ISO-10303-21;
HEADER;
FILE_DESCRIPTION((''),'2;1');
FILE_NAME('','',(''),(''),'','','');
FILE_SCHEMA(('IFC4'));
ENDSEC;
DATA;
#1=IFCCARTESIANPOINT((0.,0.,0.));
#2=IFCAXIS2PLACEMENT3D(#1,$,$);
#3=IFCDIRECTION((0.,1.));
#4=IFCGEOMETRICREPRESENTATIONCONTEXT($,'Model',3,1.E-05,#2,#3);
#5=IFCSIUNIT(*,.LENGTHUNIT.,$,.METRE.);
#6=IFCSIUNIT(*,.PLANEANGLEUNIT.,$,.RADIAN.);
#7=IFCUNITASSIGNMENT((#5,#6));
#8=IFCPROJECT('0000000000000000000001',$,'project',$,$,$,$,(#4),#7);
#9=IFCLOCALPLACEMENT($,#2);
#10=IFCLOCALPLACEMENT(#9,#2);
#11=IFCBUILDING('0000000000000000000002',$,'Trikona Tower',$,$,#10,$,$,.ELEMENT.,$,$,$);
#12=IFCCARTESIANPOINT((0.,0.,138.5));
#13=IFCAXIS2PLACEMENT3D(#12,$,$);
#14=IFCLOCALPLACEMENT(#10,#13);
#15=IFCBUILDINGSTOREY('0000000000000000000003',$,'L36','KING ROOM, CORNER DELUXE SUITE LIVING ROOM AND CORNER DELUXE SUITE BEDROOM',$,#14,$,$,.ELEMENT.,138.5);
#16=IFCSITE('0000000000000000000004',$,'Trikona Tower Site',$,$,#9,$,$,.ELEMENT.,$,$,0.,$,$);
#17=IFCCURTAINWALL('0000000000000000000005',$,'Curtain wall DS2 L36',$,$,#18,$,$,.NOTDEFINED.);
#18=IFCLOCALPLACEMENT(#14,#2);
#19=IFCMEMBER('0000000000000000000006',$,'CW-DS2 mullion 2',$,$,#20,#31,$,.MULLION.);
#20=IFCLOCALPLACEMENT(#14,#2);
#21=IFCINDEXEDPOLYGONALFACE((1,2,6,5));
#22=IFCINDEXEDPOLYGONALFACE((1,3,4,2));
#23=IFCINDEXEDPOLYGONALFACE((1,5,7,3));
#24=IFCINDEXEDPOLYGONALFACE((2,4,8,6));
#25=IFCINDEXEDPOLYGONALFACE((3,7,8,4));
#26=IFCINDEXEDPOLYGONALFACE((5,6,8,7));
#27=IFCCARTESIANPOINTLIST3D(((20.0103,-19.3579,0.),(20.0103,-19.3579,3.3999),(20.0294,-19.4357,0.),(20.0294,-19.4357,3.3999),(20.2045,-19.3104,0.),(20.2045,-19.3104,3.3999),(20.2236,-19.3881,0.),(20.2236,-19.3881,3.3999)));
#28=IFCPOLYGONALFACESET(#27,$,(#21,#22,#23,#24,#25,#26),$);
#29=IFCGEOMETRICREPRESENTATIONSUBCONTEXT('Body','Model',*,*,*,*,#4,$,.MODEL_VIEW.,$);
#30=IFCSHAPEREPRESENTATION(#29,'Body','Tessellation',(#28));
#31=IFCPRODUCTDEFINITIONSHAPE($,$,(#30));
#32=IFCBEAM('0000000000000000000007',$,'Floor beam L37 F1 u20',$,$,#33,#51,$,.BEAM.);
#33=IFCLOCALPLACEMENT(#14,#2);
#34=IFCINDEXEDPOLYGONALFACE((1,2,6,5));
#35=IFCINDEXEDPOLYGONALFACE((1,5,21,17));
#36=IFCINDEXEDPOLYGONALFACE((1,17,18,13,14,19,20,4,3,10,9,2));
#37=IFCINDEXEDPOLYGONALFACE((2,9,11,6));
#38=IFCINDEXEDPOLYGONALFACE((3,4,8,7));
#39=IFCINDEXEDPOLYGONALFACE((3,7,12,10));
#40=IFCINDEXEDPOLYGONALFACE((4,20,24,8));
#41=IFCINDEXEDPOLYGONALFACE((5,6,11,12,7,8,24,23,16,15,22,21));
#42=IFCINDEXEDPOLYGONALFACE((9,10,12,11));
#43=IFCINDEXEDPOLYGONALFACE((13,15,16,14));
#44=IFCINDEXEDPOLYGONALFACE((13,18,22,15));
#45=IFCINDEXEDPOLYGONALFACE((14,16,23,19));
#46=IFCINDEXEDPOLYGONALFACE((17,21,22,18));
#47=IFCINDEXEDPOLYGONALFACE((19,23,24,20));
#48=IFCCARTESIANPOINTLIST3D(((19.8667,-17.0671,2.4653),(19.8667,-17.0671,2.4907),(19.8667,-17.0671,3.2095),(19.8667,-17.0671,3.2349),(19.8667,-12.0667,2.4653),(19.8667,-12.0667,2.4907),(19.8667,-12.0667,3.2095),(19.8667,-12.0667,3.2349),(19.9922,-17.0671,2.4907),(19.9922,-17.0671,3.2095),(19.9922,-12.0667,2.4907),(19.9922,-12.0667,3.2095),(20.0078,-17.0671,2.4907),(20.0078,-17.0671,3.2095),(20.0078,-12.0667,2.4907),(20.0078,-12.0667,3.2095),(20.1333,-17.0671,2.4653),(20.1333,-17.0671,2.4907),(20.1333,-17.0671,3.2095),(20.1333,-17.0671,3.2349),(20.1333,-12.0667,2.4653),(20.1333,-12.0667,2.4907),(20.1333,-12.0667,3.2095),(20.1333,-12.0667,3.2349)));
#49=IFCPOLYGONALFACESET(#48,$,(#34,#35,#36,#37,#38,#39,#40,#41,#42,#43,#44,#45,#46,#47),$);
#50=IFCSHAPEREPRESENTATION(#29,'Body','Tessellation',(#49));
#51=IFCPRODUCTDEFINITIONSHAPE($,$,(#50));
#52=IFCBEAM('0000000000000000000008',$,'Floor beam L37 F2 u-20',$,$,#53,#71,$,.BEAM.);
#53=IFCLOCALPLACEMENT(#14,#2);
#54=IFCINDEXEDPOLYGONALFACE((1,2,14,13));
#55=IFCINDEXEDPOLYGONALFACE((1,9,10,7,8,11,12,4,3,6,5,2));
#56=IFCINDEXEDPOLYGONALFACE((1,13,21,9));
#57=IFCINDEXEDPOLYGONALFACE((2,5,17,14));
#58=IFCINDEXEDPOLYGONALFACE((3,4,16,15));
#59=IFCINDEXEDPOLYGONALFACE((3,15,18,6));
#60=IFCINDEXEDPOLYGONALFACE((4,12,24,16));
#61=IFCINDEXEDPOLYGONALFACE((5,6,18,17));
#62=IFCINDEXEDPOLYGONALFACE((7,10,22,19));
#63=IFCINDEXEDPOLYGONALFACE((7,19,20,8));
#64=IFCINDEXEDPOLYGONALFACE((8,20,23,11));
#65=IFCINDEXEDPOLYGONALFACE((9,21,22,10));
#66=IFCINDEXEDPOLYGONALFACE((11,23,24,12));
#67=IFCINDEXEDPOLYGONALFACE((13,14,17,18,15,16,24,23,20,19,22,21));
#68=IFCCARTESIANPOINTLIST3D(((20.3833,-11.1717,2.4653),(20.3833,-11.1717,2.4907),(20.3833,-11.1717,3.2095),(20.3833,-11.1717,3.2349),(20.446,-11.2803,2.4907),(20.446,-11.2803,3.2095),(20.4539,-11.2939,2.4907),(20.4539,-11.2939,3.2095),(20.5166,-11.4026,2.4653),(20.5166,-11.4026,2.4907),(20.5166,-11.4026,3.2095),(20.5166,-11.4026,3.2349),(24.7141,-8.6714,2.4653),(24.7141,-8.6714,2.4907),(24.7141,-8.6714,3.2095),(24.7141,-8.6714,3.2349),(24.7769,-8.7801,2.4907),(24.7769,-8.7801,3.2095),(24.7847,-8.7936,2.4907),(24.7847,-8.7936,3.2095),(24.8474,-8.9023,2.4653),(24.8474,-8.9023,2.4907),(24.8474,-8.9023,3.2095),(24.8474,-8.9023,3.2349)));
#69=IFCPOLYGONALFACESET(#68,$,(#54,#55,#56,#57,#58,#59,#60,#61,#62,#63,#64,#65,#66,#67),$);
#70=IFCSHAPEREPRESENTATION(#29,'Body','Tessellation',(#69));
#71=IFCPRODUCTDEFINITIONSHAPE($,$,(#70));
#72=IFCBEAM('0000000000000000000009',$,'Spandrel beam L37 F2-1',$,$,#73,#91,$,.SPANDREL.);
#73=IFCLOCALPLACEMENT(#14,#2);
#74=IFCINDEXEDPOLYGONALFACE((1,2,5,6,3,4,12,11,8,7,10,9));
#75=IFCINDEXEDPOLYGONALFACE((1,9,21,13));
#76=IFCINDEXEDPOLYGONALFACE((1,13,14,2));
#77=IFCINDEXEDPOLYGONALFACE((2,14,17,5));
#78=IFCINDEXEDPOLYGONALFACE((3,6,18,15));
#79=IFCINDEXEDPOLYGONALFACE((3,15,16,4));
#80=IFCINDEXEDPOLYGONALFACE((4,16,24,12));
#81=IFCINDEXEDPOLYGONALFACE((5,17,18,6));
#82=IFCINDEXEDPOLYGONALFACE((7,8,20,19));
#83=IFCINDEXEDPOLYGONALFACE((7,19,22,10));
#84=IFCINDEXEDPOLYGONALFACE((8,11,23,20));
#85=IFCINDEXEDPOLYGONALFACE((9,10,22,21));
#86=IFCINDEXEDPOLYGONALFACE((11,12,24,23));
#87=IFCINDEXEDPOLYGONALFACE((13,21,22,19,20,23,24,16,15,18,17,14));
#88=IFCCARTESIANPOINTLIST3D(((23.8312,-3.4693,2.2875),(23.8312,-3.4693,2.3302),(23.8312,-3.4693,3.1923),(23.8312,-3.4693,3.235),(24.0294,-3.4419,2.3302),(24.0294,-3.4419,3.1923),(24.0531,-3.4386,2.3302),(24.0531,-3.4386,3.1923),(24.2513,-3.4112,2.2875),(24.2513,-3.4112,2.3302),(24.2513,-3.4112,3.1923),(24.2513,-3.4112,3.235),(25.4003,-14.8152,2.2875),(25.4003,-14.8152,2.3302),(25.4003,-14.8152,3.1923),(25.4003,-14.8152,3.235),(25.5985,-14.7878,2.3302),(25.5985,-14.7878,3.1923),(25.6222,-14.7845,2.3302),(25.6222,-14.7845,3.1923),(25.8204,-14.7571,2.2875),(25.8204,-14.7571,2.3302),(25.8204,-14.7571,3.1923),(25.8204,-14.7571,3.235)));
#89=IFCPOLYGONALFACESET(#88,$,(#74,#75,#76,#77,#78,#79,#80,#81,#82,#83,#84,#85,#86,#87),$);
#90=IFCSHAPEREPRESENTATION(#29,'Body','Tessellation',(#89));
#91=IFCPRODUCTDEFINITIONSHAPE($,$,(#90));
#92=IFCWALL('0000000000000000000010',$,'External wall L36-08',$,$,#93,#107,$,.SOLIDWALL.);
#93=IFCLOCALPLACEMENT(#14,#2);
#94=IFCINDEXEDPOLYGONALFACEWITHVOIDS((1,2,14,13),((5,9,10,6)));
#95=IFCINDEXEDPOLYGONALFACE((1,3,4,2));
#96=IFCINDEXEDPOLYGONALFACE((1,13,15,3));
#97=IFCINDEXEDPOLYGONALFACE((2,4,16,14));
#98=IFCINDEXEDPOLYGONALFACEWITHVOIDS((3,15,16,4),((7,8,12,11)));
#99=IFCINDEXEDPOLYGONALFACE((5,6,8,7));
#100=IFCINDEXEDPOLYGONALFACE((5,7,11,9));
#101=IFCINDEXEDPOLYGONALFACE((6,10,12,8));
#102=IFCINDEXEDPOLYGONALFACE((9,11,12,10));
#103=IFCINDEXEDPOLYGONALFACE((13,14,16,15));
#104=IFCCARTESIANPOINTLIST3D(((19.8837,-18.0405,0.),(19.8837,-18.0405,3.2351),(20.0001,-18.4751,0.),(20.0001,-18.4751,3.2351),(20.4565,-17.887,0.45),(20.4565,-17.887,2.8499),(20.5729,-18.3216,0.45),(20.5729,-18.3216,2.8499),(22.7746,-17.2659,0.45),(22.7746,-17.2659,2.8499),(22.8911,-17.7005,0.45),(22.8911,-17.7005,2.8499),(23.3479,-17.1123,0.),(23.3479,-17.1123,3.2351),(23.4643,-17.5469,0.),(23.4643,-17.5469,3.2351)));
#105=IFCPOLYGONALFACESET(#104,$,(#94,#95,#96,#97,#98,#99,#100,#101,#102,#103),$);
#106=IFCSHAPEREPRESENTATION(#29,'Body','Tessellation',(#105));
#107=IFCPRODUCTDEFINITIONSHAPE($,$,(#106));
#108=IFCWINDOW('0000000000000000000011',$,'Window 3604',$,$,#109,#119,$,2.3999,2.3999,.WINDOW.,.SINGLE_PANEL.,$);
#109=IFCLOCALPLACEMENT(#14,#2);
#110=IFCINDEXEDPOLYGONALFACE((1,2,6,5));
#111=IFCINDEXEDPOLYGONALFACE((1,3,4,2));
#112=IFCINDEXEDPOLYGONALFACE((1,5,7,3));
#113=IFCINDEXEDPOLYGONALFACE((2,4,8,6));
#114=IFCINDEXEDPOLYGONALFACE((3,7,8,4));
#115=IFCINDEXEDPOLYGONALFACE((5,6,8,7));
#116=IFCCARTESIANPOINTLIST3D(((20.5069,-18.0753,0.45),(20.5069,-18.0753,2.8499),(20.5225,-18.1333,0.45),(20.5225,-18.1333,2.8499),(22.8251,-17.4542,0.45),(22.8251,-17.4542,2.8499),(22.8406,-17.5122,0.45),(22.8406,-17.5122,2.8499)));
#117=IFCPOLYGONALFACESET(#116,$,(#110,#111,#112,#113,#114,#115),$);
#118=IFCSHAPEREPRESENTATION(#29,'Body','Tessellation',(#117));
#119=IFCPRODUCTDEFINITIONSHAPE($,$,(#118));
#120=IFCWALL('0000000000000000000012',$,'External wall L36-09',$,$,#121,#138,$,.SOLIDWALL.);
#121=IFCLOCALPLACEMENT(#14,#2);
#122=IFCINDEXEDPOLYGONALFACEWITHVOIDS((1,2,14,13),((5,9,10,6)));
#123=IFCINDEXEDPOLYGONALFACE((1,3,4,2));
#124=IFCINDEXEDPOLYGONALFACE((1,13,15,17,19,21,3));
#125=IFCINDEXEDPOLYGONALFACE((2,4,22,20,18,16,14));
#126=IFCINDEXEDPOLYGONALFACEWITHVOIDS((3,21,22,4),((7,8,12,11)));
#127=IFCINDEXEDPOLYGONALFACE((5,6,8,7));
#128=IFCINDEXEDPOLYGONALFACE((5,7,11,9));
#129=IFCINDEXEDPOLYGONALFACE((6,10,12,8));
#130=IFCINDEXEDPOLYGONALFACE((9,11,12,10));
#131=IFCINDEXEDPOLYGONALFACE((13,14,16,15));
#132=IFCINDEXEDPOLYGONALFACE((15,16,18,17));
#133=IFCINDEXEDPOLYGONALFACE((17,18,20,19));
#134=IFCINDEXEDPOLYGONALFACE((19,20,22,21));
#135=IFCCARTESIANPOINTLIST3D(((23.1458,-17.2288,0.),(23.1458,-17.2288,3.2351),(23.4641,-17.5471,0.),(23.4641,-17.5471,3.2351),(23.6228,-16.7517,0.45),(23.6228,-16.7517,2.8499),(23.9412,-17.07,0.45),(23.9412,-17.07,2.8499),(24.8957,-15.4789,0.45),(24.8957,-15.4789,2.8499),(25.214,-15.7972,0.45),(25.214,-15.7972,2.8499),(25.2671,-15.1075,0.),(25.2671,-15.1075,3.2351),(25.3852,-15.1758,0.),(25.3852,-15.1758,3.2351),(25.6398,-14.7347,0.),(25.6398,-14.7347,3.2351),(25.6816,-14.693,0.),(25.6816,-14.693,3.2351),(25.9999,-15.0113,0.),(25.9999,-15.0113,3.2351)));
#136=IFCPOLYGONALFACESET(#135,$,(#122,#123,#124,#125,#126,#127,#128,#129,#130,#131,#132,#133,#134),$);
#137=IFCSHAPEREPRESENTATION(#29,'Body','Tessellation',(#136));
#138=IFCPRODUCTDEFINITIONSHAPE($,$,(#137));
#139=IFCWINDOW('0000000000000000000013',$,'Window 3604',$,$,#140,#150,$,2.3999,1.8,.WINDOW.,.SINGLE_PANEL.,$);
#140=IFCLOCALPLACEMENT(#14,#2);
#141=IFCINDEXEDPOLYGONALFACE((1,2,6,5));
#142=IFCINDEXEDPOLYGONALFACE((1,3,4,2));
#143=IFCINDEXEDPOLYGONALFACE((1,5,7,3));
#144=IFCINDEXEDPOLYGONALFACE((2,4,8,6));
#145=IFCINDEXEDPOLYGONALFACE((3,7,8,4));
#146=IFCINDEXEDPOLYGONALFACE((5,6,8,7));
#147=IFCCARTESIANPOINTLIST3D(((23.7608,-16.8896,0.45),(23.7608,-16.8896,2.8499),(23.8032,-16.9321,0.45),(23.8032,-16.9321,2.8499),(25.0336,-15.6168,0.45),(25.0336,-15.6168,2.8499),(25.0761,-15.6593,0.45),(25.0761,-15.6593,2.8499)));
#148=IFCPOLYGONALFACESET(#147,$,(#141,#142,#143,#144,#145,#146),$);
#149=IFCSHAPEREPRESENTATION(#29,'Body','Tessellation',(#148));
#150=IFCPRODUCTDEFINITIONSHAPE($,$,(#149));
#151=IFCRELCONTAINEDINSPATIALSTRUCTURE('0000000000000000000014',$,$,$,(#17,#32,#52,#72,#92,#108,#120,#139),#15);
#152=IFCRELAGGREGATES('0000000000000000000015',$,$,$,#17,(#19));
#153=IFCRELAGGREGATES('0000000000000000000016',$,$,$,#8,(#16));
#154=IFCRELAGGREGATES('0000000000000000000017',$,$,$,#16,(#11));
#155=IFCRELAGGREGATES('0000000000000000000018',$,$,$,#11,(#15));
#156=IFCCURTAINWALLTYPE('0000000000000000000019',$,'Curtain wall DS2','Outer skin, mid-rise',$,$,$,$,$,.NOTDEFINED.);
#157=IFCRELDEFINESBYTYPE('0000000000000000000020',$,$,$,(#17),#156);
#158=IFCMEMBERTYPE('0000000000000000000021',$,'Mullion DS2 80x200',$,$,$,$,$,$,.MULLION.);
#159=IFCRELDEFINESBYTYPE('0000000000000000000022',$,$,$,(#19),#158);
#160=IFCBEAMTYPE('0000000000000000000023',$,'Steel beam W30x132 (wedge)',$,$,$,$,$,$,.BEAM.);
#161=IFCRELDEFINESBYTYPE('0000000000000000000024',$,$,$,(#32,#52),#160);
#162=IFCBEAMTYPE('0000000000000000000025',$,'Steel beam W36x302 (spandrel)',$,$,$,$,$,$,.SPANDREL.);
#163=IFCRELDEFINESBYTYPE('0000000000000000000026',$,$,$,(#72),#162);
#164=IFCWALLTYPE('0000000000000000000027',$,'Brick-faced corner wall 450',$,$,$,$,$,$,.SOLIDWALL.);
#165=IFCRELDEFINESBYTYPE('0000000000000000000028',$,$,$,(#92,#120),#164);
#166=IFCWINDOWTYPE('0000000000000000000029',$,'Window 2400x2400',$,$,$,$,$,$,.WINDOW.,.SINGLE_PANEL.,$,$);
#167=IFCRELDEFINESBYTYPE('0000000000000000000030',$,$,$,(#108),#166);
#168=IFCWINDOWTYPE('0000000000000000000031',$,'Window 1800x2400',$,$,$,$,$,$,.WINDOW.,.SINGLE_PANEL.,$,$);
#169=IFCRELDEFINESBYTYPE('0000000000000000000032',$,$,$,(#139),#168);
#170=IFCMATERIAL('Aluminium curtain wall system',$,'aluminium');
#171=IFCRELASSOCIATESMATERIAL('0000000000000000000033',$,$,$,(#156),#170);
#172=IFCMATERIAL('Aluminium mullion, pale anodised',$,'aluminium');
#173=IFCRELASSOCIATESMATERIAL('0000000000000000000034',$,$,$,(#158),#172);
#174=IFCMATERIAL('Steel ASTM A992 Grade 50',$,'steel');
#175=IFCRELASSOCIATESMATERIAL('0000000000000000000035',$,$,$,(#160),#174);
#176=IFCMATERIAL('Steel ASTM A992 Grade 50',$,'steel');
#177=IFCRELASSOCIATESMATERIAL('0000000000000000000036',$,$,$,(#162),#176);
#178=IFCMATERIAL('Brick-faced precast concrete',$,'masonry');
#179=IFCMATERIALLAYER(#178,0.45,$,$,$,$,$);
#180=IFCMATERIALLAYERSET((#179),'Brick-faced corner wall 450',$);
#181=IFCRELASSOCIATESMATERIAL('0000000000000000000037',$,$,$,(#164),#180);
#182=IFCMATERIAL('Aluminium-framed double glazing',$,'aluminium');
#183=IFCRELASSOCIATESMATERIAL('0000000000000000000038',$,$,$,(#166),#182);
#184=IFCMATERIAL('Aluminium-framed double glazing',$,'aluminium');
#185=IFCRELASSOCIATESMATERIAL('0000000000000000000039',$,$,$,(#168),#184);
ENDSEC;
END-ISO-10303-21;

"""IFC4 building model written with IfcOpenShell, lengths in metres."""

from ifc_helpers import new_model, si_unit, direction, frame, frame_2d, origin, origin_2d, place, context, subcontext, project, spatial, polyline, rectangle, i_section, outline, extrude, material, layer, layer_set, material_profile, profile_set, type_object, element, fill, aggregate, save


model = new_model("IFC4")

# Units and contexts
model_context = context("Model", 3, precision=1e-05, world=origin(), true_north=direction((0.0, 1.0)))
body_context = subcontext(model_context, "Body", "Model", "MODEL_VIEW")
ifc_project = project(units=[si_unit("LENGTHUNIT", "METRE"), si_unit("PLANEANGLEUNIT", "RADIAN")], contexts=[model_context])

# Site, building, storey
site_placement = place(None, origin())
site = spatial("IfcSite", under=ifc_project, at=site_placement, Name="Trikona Tower Site", CompositionType="ELEMENT", RefElevation=0.0)
building_placement = place(site_placement, origin())
building = spatial("IfcBuilding", under=site, at=building_placement, Name="Trikona Tower", CompositionType="ELEMENT")
storey_placement = place(building_placement, frame((0.0, 0.0, 138.5)))
storey = spatial("IfcBuildingStorey", under=building, at=storey_placement, Name="L36", Description="KING ROOM, CORNER DELUXE SUITE LIVING ROOM AND CORNER DELUXE SUITE BEDROOM", CompositionType="ELEMENT", Elevation=138.5)

# Curtain wall, member
ifc_material_1 = material(Name="Aluminium curtain wall system", Category="aluminium")
curtain_wall_type = type_object("IfcCurtainWallType", Name="Curtain wall DS2", Description="Outer skin, mid-rise", PredefinedType="NOTDEFINED", material=ifc_material_1)
curtain_wall_placement = place(storey_placement, origin())
curtain_wall = element("IfcCurtainWall", 1, at=curtain_wall_placement, inside=storey, type_object=curtain_wall_type, Name="Curtain wall DS2 L36", PredefinedType="NOTDEFINED")
ifc_material_2 = material(Name="Aluminium mullion, pale anodised", Category="aluminium")
ifc_material_profile_1 = material_profile(ifc_material_2, rectangle(XDim=0.0801, YDim=0.2, at=origin_2d()), Name="MUL-DS2")
ifc_profile_set_1 = profile_set([ifc_material_profile_1], Name="Aluminium mullion, pale anodised")
member_type = type_object("IfcMemberType", Name="Mullion DS2 80x200", PredefinedType="MULLION", material=ifc_profile_set_1)
member_placement = place(storey_placement, frame((20.1169, -19.373, 0.0), z_axis=(0.0, 0.0, 1.0), x_axis=(-0.23797, 0.971272, 0.0)))
member = element("IfcMember", 2, at=member_placement, type_object=member_type, Name="CW-DS2 mullion 2", PredefinedType="MULLION", context=body_context, shape_type="SweptSolid", body=[
    extrude(rectangle(XDim=0.0801, YDim=0.2, at=origin_2d()), origin(), (0.0, 0.0, 1.0), 3.3999),
])
aggregate(curtain_wall, [member])

# Beams
ifc_material_3 = material(Name="Steel ASTM A992 Grade 50", Category="steel")
ifc_material_profile_2 = material_profile(ifc_material_3, i_section(OverallWidth=0.2666, OverallDepth=0.7695, WebThickness=0.0156, FlangeThickness=0.0254, at=origin_2d()), Name="W30X132")
ifc_profile_set_2 = profile_set([ifc_material_profile_2], Name="Steel ASTM A992 Grade 50")
beam_type_1 = type_object("IfcBeamType", Name="Steel beam W30x132 (wedge)", PredefinedType="BEAM", material=ifc_profile_set_2)
beam_1_placement = place(storey_placement, frame((20.0, -12.0667, 2.8501), z_axis=(0.0, -1.0, 0.0), x_axis=(1.0, 0.0, 0.0)))
element("IfcBeam", 3, at=beam_1_placement, inside=storey, type_object=beam_type_1, Name="Floor beam L37 F1 u20", PredefinedType="BEAM", context=body_context, shape_type="SweptSolid", body=[
    extrude(i_section(OverallWidth=0.2666, OverallDepth=0.7695, WebThickness=0.0156, FlangeThickness=0.0254, at=origin_2d()), origin(), (0.0, 0.0, 1.0), 5.0005),
])
beam_2_placement = place(storey_placement, frame((20.45, -11.2871, 2.8501), z_axis=(0.866038, 0.499977, 0.0), x_axis=(-0.499977, 0.866038, 0.0)))
element("IfcBeam", 4, at=beam_2_placement, inside=storey, type_object=beam_type_1, Name="Floor beam L37 F2 u-20", PredefinedType="BEAM", context=body_context, shape_type="SweptSolid", body=[
    extrude(i_section(OverallWidth=0.2666, OverallDepth=0.7695, WebThickness=0.0156, FlangeThickness=0.0254, at=origin_2d()), origin(), (0.0, 0.0, 1.0), 5.0007),
])
ifc_material_4 = material(Name="Steel ASTM A992 Grade 50", Category="steel")
ifc_material_profile_3 = material_profile(ifc_material_4, i_section(OverallWidth=0.4241, OverallDepth=0.9475, WebThickness=0.0239, FlangeThickness=0.0427, at=origin_2d()), Name="W36X302")
ifc_profile_set_3 = profile_set([ifc_material_profile_3], Name="Steel ASTM A992 Grade 50")
beam_type_2 = type_object("IfcBeamType", Name="Steel beam W36x302 (spandrel)", PredefinedType="SPANDREL", material=ifc_profile_set_3)
beam_3_placement = place(storey_placement, frame((25.6104, -14.7861, 2.7612), z_axis=(-0.136992, 0.990572, 0.0), x_axis=(-0.990572, -0.136992, 0.0)))
element("IfcBeam", 5, at=beam_3_placement, inside=storey, type_object=beam_type_2, Name="Spandrel beam L37 F2-1", PredefinedType="SPANDREL", context=body_context, shape_type="SweptSolid", body=[
    extrude(i_section(OverallWidth=0.4241, OverallDepth=0.9475, WebThickness=0.0239, FlangeThickness=0.0427, at=origin_2d()), origin(), (0.0, 0.0, 1.0), 11.4539),
])

# Walls, openings, windows
ifc_material_5 = material(Name="Brick-faced precast concrete", Category="masonry")
ifc_layer_1 = layer(ifc_material_5, 0.45)
ifc_layer_set_1 = layer_set([ifc_layer_1], Name="Brick-faced corner wall 450")
wall_type_1 = type_object("IfcWallType", Name="Brick-faced corner wall 450", PredefinedType="SOLIDWALL", material=ifc_layer_set_1)
wall_1_placement = place(storey_placement, frame((19.9419, -18.2578, 0.0), z_axis=(0.0, 0.0, 1.0), x_axis=(0.965925, 0.258823, 0.0)))
wall_1 = element("IfcWall", 6, at=wall_1_placement, inside=storey, type_object=wall_type_1, Name="External wall L36-08", PredefinedType="SOLIDWALL", context=body_context, shape_type="SweptSolid", body=[
    extrude(rectangle(XDim=3.5864, YDim=0.45, at=frame_2d((1.7932, 0.0))), origin(), (0.0, 0.0, 1.0), 3.2351),
])
opening_1_placement = place(wall_1_placement, frame((0.593, 0.0, 0.45)))
opening_1 = element("IfcOpeningElement", 7, at=opening_1_placement, cuts=wall_1, PredefinedType="OPENING", context=body_context, shape_type="SweptSolid", body=[
    extrude(rectangle(XDim=2.3999, YDim=2.3999, at=frame_2d((1.2, 1.2))), frame((0.0, 0.2349, 0.0), z_axis=(0.0, -1.0, 0.0), x_axis=(1.0, 0.0, 0.0)), (0.0, 0.0, 1.0), 0.47),
])
ifc_material_6 = material(Name="Aluminium-framed double glazing", Category="aluminium")
window_type_1 = type_object("IfcWindowType", Name="Window 2400x2400", PartitioningType="SINGLE_PANEL", PredefinedType="WINDOW", material=ifc_material_6)
window_1_placement = place(opening_1_placement, origin())
window_1 = element("IfcWindow", 8, at=window_1_placement, inside=storey, type_object=window_type_1, Name="Window 3604", OverallHeight=2.3999, OverallWidth=2.3999, PartitioningType="SINGLE_PANEL", PredefinedType="WINDOW", context=body_context, shape_type="SweptSolid", body=[
    extrude(rectangle(XDim=2.3999, YDim=2.3999, at=frame_2d((1.2, 1.2))), frame((0.0, 0.03, 0.0), z_axis=(0.0, -1.0, 0.0), x_axis=(1.0, 0.0, 0.0)), (0.0, 0.0, 1.0), 0.0601),
])
fill(opening_1, window_1)
wall_2_placement = place(storey_placement, frame((23.3049, -17.3879, 0.0), z_axis=(0.0, 0.0, 1.0), x_axis=(0.707107, 0.707107, 0.0)))
wall_2 = element("IfcWall", 9, at=wall_2_placement, inside=storey, type_object=wall_type_1, Name="External wall L36-09", PredefinedType="SOLIDWALL", context=body_context, shape_type="SweptSolid", body=[
    extrude(outline(polyline([(3.5862, 0.2251), (3.5271, 0.2251), (3.0352, 0.0933), (3.0, 0.2251), (0.0, 0.2251), (0.0, -0.2251), (3.5862, -0.2251), (3.5862, 0.2251)])), origin(), (0.0, 0.0, 1.0), 3.2351),
])
opening_2_placement = place(wall_2_placement, frame((0.6748, 0.0, 0.45)))
opening_2 = element("IfcOpeningElement", 10, at=opening_2_placement, cuts=wall_2, PredefinedType="OPENING", context=body_context, shape_type="SweptSolid", body=[
    extrude(rectangle(XDim=1.8, YDim=2.3999, at=frame_2d((0.8999, 1.2))), frame((0.0, 0.2349, 0.0), z_axis=(0.0, -1.0, 0.0), x_axis=(1.0, 0.0, 0.0)), (0.0, 0.0, 1.0), 0.47),
])
ifc_material_7 = material(Name="Aluminium-framed double glazing", Category="aluminium")
window_type_2 = type_object("IfcWindowType", Name="Window 1800x2400", PartitioningType="SINGLE_PANEL", PredefinedType="WINDOW", material=ifc_material_7)
window_2_placement = place(opening_2_placement, origin())
window_2 = element("IfcWindow", 11, at=window_2_placement, inside=storey, type_object=window_type_2, Name="Window 3604", OverallHeight=2.3999, OverallWidth=1.8, PartitioningType="SINGLE_PANEL", PredefinedType="WINDOW", context=body_context, shape_type="SweptSolid", body=[
    extrude(rectangle(XDim=1.8, YDim=2.3999, at=frame_2d((0.8999, 1.2))), frame((0.0, 0.03, 0.0), z_axis=(0.0, -1.0, 0.0), x_axis=(1.0, 0.0, 0.0)), (0.0, 0.0, 1.0), 0.0601),
])
fill(opening_2, window_2)

save(model, "model.ifc")
